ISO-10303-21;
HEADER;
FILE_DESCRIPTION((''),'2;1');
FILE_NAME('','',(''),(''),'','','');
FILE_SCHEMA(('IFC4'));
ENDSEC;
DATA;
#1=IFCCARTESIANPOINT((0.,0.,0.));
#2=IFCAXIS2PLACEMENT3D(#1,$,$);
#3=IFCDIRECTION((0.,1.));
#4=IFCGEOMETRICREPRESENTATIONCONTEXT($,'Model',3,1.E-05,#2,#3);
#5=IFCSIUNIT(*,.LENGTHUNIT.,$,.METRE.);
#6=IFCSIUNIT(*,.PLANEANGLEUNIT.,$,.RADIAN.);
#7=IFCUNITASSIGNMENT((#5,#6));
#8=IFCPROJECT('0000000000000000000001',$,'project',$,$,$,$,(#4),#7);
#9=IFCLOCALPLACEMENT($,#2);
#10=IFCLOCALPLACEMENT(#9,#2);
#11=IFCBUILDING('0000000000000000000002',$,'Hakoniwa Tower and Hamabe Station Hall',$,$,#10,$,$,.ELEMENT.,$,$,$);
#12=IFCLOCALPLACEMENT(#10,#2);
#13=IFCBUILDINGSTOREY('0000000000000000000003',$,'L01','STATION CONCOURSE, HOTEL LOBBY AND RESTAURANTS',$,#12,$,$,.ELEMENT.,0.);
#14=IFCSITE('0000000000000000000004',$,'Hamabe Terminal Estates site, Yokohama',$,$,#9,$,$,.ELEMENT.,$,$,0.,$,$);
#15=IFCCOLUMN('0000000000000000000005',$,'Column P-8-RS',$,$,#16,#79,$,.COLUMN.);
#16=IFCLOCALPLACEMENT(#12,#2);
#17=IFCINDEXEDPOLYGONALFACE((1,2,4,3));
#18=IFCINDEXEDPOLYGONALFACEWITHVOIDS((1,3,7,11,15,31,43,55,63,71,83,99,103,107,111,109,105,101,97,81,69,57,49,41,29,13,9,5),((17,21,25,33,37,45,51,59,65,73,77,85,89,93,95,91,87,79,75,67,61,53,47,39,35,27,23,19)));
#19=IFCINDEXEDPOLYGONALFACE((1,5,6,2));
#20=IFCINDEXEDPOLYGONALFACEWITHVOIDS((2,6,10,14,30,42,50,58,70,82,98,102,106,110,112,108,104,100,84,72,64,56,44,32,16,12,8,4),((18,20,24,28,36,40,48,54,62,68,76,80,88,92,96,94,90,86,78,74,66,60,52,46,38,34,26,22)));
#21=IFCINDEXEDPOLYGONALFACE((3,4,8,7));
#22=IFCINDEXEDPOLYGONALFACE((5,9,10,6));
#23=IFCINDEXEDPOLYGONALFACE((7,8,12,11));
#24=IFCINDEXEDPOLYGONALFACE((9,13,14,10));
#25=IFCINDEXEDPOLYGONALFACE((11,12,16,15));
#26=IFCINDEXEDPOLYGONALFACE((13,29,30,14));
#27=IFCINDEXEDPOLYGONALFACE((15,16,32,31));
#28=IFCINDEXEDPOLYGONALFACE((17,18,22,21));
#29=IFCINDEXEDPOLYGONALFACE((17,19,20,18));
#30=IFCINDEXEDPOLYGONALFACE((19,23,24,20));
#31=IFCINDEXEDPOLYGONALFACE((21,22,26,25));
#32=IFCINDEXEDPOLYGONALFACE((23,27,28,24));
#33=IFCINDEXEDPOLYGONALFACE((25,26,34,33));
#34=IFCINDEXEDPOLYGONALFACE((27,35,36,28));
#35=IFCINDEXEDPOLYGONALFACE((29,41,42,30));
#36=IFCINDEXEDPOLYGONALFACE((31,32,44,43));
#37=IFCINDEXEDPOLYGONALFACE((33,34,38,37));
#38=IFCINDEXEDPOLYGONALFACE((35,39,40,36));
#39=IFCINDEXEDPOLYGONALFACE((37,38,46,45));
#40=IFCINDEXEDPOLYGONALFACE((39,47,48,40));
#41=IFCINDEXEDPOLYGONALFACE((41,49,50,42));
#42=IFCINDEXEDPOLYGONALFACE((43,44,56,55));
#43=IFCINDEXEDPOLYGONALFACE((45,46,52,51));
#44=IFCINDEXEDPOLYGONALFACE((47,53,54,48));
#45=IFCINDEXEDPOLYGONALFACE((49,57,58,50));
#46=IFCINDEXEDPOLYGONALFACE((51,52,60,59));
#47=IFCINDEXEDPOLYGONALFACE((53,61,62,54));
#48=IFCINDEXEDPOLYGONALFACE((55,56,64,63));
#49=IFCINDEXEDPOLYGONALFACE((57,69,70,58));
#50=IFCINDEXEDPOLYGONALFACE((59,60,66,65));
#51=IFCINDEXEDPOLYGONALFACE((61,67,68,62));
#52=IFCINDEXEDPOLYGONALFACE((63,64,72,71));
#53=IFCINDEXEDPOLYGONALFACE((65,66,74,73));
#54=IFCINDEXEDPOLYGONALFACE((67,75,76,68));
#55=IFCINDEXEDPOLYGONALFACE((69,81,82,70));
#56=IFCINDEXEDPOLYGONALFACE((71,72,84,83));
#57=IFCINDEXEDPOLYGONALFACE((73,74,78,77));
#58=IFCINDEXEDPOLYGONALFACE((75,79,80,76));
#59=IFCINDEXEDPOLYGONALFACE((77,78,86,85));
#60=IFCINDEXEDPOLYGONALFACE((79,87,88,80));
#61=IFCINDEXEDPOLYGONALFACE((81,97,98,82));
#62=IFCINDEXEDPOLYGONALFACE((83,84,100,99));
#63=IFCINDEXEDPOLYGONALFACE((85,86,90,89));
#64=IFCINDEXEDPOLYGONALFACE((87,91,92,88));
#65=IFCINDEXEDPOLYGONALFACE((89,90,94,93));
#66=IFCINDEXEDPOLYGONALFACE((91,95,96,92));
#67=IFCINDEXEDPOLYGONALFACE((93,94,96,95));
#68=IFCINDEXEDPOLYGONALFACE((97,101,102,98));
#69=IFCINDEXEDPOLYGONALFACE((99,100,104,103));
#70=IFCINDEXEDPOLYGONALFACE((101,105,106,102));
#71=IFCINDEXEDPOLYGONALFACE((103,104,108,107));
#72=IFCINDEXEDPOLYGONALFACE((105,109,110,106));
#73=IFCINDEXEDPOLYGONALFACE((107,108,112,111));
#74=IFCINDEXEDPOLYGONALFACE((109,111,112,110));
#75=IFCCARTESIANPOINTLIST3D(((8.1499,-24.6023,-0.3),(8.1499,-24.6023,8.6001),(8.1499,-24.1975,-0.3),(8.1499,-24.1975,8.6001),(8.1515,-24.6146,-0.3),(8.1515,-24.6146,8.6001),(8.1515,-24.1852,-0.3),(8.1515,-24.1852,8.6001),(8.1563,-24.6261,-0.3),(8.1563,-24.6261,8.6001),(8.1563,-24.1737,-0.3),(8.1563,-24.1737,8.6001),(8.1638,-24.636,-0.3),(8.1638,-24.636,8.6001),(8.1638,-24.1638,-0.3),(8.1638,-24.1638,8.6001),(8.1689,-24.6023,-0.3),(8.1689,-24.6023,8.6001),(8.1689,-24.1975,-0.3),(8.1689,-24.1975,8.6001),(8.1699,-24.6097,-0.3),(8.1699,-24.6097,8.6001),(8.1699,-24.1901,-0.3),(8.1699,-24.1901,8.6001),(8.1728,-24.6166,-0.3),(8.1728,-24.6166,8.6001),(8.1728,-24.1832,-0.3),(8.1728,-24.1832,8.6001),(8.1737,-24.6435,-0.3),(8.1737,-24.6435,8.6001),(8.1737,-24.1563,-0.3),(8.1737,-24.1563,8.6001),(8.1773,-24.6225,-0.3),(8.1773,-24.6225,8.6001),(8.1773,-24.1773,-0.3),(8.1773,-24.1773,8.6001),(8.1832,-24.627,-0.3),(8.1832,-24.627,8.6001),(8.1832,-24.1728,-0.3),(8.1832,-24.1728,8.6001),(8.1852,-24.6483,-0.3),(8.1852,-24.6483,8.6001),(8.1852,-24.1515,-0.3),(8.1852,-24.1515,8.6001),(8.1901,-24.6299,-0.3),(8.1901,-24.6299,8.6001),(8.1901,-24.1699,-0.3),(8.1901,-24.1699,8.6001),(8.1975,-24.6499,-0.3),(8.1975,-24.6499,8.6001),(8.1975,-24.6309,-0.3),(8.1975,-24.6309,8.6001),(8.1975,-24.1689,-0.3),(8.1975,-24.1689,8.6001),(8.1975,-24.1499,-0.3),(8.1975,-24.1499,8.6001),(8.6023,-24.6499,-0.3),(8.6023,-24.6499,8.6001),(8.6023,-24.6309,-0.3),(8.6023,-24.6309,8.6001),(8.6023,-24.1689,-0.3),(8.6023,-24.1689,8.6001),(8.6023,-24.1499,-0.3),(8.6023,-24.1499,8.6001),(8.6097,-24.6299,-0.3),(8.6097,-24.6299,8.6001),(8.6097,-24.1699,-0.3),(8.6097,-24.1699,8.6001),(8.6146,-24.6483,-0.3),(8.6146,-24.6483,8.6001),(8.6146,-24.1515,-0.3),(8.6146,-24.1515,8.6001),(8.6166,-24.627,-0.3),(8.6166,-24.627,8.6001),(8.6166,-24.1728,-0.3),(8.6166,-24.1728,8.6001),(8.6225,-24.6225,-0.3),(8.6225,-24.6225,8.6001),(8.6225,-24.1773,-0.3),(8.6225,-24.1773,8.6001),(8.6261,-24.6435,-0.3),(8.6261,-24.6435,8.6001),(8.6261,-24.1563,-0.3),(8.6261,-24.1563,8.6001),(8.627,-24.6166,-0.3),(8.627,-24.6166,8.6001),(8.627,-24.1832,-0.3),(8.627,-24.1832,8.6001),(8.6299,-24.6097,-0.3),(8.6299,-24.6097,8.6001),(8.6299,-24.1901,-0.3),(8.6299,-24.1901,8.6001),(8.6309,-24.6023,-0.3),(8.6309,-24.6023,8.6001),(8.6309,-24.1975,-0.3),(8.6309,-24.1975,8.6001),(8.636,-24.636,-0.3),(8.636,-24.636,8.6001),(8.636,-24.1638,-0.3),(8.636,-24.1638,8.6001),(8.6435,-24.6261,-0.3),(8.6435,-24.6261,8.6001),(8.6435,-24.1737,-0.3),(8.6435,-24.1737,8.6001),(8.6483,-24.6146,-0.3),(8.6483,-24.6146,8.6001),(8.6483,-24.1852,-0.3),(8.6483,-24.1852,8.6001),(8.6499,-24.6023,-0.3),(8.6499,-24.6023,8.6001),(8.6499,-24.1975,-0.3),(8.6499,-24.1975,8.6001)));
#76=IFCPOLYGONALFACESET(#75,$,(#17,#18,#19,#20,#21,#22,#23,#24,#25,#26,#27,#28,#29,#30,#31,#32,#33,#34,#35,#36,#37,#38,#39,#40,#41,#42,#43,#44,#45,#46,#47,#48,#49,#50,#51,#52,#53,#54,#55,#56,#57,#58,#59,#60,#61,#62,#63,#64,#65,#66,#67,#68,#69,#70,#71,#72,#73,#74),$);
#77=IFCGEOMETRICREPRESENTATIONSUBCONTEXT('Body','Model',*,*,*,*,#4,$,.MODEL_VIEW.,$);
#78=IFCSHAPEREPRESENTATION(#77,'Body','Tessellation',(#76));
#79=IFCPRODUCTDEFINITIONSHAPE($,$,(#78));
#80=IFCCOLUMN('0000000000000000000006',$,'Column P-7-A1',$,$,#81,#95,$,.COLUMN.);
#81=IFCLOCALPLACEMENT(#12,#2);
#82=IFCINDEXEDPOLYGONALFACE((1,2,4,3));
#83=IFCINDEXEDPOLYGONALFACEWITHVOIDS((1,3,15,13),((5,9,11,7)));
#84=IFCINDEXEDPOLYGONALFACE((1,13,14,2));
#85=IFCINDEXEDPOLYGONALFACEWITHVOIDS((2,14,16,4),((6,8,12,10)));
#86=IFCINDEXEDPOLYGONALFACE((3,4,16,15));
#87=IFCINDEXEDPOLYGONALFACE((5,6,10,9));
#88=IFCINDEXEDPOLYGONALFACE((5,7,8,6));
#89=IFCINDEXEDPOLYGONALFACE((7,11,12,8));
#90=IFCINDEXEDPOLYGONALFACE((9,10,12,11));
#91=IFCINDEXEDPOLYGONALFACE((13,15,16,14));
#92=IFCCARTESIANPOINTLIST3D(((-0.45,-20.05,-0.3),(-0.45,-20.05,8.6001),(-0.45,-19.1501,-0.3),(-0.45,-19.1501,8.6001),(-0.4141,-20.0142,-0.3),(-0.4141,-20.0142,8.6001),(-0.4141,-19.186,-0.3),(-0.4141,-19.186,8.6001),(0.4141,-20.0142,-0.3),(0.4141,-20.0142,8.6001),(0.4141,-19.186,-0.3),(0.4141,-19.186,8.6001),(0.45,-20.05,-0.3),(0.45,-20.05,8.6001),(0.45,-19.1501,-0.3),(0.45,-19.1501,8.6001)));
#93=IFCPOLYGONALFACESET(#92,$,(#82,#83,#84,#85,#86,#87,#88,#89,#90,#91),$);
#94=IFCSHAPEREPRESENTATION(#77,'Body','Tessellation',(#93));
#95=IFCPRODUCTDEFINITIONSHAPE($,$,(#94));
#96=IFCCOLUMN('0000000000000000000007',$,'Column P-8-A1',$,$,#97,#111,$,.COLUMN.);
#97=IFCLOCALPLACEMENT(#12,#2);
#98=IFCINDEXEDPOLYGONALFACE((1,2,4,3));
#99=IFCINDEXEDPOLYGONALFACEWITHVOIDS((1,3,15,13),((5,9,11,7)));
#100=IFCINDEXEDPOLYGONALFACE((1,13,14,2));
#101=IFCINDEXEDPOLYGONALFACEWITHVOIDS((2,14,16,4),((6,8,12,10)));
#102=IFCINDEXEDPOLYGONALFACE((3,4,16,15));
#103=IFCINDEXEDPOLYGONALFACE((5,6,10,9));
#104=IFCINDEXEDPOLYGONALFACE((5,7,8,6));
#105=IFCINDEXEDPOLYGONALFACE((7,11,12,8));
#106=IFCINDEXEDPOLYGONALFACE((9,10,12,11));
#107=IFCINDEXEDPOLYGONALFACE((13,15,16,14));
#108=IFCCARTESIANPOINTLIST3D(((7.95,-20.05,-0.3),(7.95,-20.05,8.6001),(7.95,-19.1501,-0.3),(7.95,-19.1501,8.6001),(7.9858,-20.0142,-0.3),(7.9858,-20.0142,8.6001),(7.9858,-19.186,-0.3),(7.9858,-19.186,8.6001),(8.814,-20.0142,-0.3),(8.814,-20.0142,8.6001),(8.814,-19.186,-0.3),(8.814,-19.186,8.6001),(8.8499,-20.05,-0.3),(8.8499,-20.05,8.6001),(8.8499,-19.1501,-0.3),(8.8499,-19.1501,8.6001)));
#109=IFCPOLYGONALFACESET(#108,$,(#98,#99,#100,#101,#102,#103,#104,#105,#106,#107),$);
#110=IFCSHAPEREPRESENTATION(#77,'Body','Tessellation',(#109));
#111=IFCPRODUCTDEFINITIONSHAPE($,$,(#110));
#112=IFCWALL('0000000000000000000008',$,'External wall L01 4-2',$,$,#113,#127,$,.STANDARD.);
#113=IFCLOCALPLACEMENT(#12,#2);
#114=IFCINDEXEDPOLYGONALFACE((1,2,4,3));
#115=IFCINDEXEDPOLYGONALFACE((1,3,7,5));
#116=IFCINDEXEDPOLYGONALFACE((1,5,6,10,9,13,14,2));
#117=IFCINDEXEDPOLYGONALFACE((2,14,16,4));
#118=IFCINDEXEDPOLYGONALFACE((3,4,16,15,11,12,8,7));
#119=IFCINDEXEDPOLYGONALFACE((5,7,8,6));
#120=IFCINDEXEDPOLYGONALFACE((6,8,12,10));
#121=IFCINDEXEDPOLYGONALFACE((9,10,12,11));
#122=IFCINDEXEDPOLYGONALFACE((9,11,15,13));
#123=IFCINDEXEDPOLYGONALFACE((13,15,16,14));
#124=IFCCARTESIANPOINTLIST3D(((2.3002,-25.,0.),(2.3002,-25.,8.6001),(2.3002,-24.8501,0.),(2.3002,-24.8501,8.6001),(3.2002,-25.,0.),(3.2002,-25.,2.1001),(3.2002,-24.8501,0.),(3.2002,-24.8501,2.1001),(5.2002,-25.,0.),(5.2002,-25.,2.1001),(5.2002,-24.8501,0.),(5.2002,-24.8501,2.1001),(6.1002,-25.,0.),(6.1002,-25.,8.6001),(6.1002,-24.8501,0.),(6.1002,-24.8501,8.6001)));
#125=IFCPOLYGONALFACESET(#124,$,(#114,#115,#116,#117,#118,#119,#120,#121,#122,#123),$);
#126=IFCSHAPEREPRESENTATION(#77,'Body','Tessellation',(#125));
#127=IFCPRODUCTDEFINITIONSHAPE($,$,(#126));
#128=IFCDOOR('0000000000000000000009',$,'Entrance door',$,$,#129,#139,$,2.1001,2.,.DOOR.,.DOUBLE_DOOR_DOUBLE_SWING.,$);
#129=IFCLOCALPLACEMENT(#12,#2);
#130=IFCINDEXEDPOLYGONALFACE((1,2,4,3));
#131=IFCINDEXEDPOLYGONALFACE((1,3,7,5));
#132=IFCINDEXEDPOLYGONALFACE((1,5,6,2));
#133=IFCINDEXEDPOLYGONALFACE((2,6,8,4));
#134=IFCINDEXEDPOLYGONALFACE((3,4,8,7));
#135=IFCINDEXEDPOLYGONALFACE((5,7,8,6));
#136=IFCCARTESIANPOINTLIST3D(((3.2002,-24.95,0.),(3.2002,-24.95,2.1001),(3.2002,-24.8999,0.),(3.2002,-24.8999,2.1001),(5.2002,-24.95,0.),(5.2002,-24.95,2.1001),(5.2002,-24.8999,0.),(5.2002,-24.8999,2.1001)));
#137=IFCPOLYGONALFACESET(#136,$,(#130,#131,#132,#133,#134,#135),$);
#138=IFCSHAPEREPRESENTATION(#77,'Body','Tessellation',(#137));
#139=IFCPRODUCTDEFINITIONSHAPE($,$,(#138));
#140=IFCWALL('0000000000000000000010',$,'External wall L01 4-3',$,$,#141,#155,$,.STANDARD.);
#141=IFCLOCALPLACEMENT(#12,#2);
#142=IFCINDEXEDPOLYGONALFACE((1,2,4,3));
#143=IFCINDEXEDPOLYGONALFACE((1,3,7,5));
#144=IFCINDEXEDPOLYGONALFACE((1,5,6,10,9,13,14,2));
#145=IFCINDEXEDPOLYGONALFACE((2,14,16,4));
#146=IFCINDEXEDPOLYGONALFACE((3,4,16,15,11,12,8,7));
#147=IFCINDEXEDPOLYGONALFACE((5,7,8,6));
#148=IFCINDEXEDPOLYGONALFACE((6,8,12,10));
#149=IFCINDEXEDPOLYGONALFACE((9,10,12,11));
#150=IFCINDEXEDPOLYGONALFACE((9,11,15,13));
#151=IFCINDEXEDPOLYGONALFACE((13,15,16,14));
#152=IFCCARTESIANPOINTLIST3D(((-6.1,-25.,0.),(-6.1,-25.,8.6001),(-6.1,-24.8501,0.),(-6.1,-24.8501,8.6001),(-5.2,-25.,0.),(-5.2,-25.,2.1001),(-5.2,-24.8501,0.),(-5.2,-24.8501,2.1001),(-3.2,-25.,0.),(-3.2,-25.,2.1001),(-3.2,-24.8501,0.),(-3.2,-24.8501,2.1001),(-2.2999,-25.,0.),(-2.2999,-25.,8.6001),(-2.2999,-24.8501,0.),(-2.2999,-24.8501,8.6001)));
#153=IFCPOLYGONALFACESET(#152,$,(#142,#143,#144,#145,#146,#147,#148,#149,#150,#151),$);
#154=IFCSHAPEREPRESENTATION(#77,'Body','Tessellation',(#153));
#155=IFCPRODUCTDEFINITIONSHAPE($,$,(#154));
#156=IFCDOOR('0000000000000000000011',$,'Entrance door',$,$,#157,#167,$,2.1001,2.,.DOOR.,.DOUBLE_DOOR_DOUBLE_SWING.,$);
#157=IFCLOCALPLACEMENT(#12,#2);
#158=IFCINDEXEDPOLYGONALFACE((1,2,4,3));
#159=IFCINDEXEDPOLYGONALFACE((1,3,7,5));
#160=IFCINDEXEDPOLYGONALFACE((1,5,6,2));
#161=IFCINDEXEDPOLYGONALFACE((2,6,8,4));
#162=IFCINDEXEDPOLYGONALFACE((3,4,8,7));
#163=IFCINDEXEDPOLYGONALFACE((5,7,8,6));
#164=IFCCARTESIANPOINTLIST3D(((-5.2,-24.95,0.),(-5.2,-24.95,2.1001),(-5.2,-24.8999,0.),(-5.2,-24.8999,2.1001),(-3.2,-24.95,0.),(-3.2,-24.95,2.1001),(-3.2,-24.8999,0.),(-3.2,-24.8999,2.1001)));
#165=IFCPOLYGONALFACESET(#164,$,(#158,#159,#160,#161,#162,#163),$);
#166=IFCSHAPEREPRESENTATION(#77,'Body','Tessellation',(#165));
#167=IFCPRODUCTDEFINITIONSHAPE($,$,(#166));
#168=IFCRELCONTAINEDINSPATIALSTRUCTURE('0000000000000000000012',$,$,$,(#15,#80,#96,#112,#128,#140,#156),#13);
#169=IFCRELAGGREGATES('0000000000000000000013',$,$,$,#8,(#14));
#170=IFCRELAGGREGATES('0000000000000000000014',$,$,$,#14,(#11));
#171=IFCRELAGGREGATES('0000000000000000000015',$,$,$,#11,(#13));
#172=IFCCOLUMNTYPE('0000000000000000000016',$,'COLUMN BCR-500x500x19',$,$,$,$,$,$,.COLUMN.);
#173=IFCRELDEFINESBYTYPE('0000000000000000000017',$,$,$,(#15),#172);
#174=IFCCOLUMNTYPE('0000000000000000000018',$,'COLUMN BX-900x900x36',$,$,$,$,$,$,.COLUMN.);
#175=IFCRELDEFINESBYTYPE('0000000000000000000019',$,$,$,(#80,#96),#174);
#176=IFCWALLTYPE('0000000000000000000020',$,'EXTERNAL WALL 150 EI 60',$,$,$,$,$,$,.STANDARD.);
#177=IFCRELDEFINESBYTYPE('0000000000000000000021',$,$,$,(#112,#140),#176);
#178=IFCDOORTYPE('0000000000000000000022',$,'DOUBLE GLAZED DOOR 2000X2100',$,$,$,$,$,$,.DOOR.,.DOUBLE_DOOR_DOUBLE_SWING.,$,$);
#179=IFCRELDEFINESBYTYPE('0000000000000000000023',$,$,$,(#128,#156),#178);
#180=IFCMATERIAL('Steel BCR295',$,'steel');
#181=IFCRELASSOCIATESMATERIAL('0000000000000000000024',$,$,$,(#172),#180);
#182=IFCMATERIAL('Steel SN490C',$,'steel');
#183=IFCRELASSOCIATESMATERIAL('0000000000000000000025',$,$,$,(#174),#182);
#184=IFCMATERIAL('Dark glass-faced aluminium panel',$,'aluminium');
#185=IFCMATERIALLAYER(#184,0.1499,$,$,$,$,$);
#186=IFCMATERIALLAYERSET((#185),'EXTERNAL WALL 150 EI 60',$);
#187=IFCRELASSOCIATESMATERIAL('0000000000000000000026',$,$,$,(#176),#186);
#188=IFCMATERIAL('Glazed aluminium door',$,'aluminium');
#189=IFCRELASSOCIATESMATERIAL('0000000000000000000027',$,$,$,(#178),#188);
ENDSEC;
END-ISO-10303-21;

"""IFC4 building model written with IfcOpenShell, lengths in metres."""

from ifc_helpers import new_model, si_unit, direction, frame, frame_2d, origin, origin_2d, place, context, subcontext, project, spatial, rectangle, hollow_rectangle, extrude, material, layer, layer_set, material_profile, profile_set, type_object, element, fill, save


model = new_model("IFC4")

# Units and contexts
model_context = context("Model", 3, precision=1e-05, world=origin(), true_north=direction((0.0, 1.0)))
body_context = subcontext(model_context, "Body", "Model", "MODEL_VIEW")
ifc_project = project(units=[si_unit("LENGTHUNIT", "METRE"), si_unit("PLANEANGLEUNIT", "RADIAN")], contexts=[model_context])

# Site, building, storey
site_placement = place(None, origin())
site = spatial("IfcSite", under=ifc_project, at=site_placement, Name="Hamabe Terminal Estates site, Yokohama", CompositionType="ELEMENT", RefElevation=0.0)
building_placement = place(site_placement, origin())
building = spatial("IfcBuilding", under=site, at=building_placement, Name="Hakoniwa Tower and Hamabe Station Hall", CompositionType="ELEMENT")
storey_placement = place(building_placement, origin())
storey = spatial("IfcBuildingStorey", under=building, at=storey_placement, Name="L01", Description="STATION CONCOURSE, HOTEL LOBBY AND RESTAURANTS", CompositionType="ELEMENT", Elevation=0.0)

# Columns
ifc_material_1 = material(Name="Steel BCR295", Category="steel")
ifc_material_profile_1 = material_profile(ifc_material_1, hollow_rectangle(XDim=0.5, YDim=0.5, WallThickness=0.019, InnerFilletRadius=0.0286, OuterFilletRadius=0.0476, at=origin_2d()), Name="BCR-500x500x19")
ifc_profile_set_1 = profile_set([ifc_material_profile_1], Name="Steel BCR295")
column_type_1 = type_object("IfcColumnType", Name="COLUMN BCR-500x500x19", PredefinedType="COLUMN", material=ifc_profile_set_1)
for number, where, z_axis, x_axis, name in (
    (1, (8.3999, -24.3999, -0.3), (0.0, 0.0, 1.0), (1.0, 0.0, 0.0), "Column P-8-RS"),
):
    element("IfcColumn", number, at=place(storey_placement, frame(where, z_axis=z_axis, x_axis=x_axis)), inside=storey, type_object=column_type_1, Name=name, PredefinedType="COLUMN", context=body_context, shape_type="SweptSolid", body=[
        extrude(hollow_rectangle(XDim=0.5, YDim=0.5, WallThickness=0.019, InnerFilletRadius=0.0286, OuterFilletRadius=0.0476, at=origin_2d()), origin(), (0.0, 0.0, 1.0), 8.9001),
    ])
ifc_material_2 = material(Name="Steel SN490C", Category="steel")
ifc_material_profile_2 = material_profile(ifc_material_2, hollow_rectangle(XDim=0.8999, YDim=0.8999, WallThickness=0.0359, at=origin_2d()), Name="BX-900x900x36")
ifc_profile_set_2 = profile_set([ifc_material_profile_2], Name="Steel SN490C")
column_type_2 = type_object("IfcColumnType", Name="COLUMN BX-900x900x36", PredefinedType="COLUMN", material=ifc_profile_set_2)
for number, where, z_axis, x_axis, name in (
    (2, (0.0, -19.6001, -0.3), (0.0, 0.0, 1.0), (1.0, 0.0, 0.0), "Column P-7-A1"),
    (3, (8.3999, -19.6001, -0.3), (0.0, 0.0, 1.0), (1.0, 0.0, 0.0), "Column P-8-A1"),
):
    element("IfcColumn", number, at=place(storey_placement, frame(where, z_axis=z_axis, x_axis=x_axis)), inside=storey, type_object=column_type_2, Name=name, PredefinedType="COLUMN", context=body_context, shape_type="SweptSolid", body=[
        extrude(hollow_rectangle(XDim=0.8999, YDim=0.8999, WallThickness=0.0359, at=origin_2d()), origin(), (0.0, 0.0, 1.0), 8.9001),
    ])

# Walls, openings, doors
ifc_material_3 = material(Name="Dark glass-faced aluminium panel", Category="aluminium")
ifc_layer_1 = layer(ifc_material_3, 0.1499)
ifc_layer_set_1 = layer_set([ifc_layer_1], Name="EXTERNAL WALL 150 EI 60")
wall_type_1 = type_object("IfcWallType", Name="EXTERNAL WALL 150 EI 60", PredefinedType="STANDARD", material=ifc_layer_set_1)
wall_1_placement = place(storey_placement, frame((6.1001, -24.925, 0.0), z_axis=(0.0, 0.0, 1.0), x_axis=(-1.0, 0.0, 0.0)))
wall_1 = element("IfcWall", 4, at=wall_1_placement, inside=storey, type_object=wall_type_1, Name="External wall L01 4-2", PredefinedType="STANDARD", context=body_context, shape_type="SweptSolid", body=[
    extrude(rectangle(XDim=3.8, YDim=0.1499, at=frame_2d((1.8999, 0.0))), origin(), (0.0, 0.0, 1.0), 8.6001),
])
opening_1_placement = place(wall_1_placement, frame((0.8999, 0.0, 0.0)))
opening_1 = element("IfcOpeningElement", 5, at=opening_1_placement, cuts=wall_1, PredefinedType="OPENING", context=body_context, shape_type="SweptSolid", body=[
    extrude(rectangle(XDim=2.0, YDim=2.1001, at=frame_2d((1.0, 1.05))), frame((0.0, 0.085, 0.0), z_axis=(0.0, -1.0, 0.0), x_axis=(1.0, 0.0, 0.0)), (0.0, 0.0, 1.0), 0.1699),
])
ifc_material_4 = material(Name="Glazed aluminium door", Category="aluminium")
door_type_1 = type_object("IfcDoorType", Name="DOUBLE GLAZED DOOR 2000X2100", OperationType="DOUBLE_DOOR_DOUBLE_SWING", PredefinedType="DOOR", material=ifc_material_4)
door_1_placement = place(opening_1_placement, origin())
door_1 = element("IfcDoor", 6, at=door_1_placement, inside=storey, type_object=door_type_1, Name="Entrance door", OperationType="DOUBLE_DOOR_DOUBLE_SWING", OverallHeight=2.1001, OverallWidth=2.0, PredefinedType="DOOR", context=body_context, shape_type="SweptSolid", body=[
    extrude(rectangle(XDim=2.0, YDim=2.1001, at=frame_2d((1.0, 1.05))), frame((0.0, 0.0249, 0.0), z_axis=(0.0, -1.0, 0.0), x_axis=(1.0, 0.0, 0.0)), (0.0, 0.0, 1.0), 0.05),
])
fill(opening_1, door_1)
wall_2_placement = place(storey_placement, frame((-2.3, -24.925, 0.0), z_axis=(0.0, 0.0, 1.0), x_axis=(-1.0, 0.0, 0.0)))
wall_2 = element("IfcWall", 7, at=wall_2_placement, inside=storey, type_object=wall_type_1, Name="External wall L01 4-3", PredefinedType="STANDARD", context=body_context, shape_type="SweptSolid", body=[
    extrude(rectangle(XDim=3.8, YDim=0.1499, at=frame_2d((1.8999, 0.0))), origin(), (0.0, 0.0, 1.0), 8.6001),
])
opening_2_placement = place(wall_2_placement, frame((0.8999, 0.0, 0.0)))
opening_2 = element("IfcOpeningElement", 8, at=opening_2_placement, cuts=wall_2, PredefinedType="OPENING", context=body_context, shape_type="SweptSolid", body=[
    extrude(rectangle(XDim=2.0, YDim=2.1001, at=frame_2d((1.0, 1.05))), frame((0.0, 0.085, 0.0), z_axis=(0.0, -1.0, 0.0), x_axis=(1.0, 0.0, 0.0)), (0.0, 0.0, 1.0), 0.1699),
])
door_2_placement = place(opening_2_placement, origin())
door_2 = element("IfcDoor", 9, at=door_2_placement, inside=storey, type_object=door_type_1, Name="Entrance door", OperationType="DOUBLE_DOOR_DOUBLE_SWING", OverallHeight=2.1001, OverallWidth=2.0, PredefinedType="DOOR", context=body_context, shape_type="SweptSolid", body=[
    extrude(rectangle(XDim=2.0, YDim=2.1001, at=frame_2d((1.0, 1.05))), frame((0.0, 0.0249, 0.0), z_axis=(0.0, -1.0, 0.0), x_axis=(1.0, 0.0, 0.0)), (0.0, 0.0, 1.0), 0.05),
])
fill(opening_2, door_2)

save(model, "model.ifc")
